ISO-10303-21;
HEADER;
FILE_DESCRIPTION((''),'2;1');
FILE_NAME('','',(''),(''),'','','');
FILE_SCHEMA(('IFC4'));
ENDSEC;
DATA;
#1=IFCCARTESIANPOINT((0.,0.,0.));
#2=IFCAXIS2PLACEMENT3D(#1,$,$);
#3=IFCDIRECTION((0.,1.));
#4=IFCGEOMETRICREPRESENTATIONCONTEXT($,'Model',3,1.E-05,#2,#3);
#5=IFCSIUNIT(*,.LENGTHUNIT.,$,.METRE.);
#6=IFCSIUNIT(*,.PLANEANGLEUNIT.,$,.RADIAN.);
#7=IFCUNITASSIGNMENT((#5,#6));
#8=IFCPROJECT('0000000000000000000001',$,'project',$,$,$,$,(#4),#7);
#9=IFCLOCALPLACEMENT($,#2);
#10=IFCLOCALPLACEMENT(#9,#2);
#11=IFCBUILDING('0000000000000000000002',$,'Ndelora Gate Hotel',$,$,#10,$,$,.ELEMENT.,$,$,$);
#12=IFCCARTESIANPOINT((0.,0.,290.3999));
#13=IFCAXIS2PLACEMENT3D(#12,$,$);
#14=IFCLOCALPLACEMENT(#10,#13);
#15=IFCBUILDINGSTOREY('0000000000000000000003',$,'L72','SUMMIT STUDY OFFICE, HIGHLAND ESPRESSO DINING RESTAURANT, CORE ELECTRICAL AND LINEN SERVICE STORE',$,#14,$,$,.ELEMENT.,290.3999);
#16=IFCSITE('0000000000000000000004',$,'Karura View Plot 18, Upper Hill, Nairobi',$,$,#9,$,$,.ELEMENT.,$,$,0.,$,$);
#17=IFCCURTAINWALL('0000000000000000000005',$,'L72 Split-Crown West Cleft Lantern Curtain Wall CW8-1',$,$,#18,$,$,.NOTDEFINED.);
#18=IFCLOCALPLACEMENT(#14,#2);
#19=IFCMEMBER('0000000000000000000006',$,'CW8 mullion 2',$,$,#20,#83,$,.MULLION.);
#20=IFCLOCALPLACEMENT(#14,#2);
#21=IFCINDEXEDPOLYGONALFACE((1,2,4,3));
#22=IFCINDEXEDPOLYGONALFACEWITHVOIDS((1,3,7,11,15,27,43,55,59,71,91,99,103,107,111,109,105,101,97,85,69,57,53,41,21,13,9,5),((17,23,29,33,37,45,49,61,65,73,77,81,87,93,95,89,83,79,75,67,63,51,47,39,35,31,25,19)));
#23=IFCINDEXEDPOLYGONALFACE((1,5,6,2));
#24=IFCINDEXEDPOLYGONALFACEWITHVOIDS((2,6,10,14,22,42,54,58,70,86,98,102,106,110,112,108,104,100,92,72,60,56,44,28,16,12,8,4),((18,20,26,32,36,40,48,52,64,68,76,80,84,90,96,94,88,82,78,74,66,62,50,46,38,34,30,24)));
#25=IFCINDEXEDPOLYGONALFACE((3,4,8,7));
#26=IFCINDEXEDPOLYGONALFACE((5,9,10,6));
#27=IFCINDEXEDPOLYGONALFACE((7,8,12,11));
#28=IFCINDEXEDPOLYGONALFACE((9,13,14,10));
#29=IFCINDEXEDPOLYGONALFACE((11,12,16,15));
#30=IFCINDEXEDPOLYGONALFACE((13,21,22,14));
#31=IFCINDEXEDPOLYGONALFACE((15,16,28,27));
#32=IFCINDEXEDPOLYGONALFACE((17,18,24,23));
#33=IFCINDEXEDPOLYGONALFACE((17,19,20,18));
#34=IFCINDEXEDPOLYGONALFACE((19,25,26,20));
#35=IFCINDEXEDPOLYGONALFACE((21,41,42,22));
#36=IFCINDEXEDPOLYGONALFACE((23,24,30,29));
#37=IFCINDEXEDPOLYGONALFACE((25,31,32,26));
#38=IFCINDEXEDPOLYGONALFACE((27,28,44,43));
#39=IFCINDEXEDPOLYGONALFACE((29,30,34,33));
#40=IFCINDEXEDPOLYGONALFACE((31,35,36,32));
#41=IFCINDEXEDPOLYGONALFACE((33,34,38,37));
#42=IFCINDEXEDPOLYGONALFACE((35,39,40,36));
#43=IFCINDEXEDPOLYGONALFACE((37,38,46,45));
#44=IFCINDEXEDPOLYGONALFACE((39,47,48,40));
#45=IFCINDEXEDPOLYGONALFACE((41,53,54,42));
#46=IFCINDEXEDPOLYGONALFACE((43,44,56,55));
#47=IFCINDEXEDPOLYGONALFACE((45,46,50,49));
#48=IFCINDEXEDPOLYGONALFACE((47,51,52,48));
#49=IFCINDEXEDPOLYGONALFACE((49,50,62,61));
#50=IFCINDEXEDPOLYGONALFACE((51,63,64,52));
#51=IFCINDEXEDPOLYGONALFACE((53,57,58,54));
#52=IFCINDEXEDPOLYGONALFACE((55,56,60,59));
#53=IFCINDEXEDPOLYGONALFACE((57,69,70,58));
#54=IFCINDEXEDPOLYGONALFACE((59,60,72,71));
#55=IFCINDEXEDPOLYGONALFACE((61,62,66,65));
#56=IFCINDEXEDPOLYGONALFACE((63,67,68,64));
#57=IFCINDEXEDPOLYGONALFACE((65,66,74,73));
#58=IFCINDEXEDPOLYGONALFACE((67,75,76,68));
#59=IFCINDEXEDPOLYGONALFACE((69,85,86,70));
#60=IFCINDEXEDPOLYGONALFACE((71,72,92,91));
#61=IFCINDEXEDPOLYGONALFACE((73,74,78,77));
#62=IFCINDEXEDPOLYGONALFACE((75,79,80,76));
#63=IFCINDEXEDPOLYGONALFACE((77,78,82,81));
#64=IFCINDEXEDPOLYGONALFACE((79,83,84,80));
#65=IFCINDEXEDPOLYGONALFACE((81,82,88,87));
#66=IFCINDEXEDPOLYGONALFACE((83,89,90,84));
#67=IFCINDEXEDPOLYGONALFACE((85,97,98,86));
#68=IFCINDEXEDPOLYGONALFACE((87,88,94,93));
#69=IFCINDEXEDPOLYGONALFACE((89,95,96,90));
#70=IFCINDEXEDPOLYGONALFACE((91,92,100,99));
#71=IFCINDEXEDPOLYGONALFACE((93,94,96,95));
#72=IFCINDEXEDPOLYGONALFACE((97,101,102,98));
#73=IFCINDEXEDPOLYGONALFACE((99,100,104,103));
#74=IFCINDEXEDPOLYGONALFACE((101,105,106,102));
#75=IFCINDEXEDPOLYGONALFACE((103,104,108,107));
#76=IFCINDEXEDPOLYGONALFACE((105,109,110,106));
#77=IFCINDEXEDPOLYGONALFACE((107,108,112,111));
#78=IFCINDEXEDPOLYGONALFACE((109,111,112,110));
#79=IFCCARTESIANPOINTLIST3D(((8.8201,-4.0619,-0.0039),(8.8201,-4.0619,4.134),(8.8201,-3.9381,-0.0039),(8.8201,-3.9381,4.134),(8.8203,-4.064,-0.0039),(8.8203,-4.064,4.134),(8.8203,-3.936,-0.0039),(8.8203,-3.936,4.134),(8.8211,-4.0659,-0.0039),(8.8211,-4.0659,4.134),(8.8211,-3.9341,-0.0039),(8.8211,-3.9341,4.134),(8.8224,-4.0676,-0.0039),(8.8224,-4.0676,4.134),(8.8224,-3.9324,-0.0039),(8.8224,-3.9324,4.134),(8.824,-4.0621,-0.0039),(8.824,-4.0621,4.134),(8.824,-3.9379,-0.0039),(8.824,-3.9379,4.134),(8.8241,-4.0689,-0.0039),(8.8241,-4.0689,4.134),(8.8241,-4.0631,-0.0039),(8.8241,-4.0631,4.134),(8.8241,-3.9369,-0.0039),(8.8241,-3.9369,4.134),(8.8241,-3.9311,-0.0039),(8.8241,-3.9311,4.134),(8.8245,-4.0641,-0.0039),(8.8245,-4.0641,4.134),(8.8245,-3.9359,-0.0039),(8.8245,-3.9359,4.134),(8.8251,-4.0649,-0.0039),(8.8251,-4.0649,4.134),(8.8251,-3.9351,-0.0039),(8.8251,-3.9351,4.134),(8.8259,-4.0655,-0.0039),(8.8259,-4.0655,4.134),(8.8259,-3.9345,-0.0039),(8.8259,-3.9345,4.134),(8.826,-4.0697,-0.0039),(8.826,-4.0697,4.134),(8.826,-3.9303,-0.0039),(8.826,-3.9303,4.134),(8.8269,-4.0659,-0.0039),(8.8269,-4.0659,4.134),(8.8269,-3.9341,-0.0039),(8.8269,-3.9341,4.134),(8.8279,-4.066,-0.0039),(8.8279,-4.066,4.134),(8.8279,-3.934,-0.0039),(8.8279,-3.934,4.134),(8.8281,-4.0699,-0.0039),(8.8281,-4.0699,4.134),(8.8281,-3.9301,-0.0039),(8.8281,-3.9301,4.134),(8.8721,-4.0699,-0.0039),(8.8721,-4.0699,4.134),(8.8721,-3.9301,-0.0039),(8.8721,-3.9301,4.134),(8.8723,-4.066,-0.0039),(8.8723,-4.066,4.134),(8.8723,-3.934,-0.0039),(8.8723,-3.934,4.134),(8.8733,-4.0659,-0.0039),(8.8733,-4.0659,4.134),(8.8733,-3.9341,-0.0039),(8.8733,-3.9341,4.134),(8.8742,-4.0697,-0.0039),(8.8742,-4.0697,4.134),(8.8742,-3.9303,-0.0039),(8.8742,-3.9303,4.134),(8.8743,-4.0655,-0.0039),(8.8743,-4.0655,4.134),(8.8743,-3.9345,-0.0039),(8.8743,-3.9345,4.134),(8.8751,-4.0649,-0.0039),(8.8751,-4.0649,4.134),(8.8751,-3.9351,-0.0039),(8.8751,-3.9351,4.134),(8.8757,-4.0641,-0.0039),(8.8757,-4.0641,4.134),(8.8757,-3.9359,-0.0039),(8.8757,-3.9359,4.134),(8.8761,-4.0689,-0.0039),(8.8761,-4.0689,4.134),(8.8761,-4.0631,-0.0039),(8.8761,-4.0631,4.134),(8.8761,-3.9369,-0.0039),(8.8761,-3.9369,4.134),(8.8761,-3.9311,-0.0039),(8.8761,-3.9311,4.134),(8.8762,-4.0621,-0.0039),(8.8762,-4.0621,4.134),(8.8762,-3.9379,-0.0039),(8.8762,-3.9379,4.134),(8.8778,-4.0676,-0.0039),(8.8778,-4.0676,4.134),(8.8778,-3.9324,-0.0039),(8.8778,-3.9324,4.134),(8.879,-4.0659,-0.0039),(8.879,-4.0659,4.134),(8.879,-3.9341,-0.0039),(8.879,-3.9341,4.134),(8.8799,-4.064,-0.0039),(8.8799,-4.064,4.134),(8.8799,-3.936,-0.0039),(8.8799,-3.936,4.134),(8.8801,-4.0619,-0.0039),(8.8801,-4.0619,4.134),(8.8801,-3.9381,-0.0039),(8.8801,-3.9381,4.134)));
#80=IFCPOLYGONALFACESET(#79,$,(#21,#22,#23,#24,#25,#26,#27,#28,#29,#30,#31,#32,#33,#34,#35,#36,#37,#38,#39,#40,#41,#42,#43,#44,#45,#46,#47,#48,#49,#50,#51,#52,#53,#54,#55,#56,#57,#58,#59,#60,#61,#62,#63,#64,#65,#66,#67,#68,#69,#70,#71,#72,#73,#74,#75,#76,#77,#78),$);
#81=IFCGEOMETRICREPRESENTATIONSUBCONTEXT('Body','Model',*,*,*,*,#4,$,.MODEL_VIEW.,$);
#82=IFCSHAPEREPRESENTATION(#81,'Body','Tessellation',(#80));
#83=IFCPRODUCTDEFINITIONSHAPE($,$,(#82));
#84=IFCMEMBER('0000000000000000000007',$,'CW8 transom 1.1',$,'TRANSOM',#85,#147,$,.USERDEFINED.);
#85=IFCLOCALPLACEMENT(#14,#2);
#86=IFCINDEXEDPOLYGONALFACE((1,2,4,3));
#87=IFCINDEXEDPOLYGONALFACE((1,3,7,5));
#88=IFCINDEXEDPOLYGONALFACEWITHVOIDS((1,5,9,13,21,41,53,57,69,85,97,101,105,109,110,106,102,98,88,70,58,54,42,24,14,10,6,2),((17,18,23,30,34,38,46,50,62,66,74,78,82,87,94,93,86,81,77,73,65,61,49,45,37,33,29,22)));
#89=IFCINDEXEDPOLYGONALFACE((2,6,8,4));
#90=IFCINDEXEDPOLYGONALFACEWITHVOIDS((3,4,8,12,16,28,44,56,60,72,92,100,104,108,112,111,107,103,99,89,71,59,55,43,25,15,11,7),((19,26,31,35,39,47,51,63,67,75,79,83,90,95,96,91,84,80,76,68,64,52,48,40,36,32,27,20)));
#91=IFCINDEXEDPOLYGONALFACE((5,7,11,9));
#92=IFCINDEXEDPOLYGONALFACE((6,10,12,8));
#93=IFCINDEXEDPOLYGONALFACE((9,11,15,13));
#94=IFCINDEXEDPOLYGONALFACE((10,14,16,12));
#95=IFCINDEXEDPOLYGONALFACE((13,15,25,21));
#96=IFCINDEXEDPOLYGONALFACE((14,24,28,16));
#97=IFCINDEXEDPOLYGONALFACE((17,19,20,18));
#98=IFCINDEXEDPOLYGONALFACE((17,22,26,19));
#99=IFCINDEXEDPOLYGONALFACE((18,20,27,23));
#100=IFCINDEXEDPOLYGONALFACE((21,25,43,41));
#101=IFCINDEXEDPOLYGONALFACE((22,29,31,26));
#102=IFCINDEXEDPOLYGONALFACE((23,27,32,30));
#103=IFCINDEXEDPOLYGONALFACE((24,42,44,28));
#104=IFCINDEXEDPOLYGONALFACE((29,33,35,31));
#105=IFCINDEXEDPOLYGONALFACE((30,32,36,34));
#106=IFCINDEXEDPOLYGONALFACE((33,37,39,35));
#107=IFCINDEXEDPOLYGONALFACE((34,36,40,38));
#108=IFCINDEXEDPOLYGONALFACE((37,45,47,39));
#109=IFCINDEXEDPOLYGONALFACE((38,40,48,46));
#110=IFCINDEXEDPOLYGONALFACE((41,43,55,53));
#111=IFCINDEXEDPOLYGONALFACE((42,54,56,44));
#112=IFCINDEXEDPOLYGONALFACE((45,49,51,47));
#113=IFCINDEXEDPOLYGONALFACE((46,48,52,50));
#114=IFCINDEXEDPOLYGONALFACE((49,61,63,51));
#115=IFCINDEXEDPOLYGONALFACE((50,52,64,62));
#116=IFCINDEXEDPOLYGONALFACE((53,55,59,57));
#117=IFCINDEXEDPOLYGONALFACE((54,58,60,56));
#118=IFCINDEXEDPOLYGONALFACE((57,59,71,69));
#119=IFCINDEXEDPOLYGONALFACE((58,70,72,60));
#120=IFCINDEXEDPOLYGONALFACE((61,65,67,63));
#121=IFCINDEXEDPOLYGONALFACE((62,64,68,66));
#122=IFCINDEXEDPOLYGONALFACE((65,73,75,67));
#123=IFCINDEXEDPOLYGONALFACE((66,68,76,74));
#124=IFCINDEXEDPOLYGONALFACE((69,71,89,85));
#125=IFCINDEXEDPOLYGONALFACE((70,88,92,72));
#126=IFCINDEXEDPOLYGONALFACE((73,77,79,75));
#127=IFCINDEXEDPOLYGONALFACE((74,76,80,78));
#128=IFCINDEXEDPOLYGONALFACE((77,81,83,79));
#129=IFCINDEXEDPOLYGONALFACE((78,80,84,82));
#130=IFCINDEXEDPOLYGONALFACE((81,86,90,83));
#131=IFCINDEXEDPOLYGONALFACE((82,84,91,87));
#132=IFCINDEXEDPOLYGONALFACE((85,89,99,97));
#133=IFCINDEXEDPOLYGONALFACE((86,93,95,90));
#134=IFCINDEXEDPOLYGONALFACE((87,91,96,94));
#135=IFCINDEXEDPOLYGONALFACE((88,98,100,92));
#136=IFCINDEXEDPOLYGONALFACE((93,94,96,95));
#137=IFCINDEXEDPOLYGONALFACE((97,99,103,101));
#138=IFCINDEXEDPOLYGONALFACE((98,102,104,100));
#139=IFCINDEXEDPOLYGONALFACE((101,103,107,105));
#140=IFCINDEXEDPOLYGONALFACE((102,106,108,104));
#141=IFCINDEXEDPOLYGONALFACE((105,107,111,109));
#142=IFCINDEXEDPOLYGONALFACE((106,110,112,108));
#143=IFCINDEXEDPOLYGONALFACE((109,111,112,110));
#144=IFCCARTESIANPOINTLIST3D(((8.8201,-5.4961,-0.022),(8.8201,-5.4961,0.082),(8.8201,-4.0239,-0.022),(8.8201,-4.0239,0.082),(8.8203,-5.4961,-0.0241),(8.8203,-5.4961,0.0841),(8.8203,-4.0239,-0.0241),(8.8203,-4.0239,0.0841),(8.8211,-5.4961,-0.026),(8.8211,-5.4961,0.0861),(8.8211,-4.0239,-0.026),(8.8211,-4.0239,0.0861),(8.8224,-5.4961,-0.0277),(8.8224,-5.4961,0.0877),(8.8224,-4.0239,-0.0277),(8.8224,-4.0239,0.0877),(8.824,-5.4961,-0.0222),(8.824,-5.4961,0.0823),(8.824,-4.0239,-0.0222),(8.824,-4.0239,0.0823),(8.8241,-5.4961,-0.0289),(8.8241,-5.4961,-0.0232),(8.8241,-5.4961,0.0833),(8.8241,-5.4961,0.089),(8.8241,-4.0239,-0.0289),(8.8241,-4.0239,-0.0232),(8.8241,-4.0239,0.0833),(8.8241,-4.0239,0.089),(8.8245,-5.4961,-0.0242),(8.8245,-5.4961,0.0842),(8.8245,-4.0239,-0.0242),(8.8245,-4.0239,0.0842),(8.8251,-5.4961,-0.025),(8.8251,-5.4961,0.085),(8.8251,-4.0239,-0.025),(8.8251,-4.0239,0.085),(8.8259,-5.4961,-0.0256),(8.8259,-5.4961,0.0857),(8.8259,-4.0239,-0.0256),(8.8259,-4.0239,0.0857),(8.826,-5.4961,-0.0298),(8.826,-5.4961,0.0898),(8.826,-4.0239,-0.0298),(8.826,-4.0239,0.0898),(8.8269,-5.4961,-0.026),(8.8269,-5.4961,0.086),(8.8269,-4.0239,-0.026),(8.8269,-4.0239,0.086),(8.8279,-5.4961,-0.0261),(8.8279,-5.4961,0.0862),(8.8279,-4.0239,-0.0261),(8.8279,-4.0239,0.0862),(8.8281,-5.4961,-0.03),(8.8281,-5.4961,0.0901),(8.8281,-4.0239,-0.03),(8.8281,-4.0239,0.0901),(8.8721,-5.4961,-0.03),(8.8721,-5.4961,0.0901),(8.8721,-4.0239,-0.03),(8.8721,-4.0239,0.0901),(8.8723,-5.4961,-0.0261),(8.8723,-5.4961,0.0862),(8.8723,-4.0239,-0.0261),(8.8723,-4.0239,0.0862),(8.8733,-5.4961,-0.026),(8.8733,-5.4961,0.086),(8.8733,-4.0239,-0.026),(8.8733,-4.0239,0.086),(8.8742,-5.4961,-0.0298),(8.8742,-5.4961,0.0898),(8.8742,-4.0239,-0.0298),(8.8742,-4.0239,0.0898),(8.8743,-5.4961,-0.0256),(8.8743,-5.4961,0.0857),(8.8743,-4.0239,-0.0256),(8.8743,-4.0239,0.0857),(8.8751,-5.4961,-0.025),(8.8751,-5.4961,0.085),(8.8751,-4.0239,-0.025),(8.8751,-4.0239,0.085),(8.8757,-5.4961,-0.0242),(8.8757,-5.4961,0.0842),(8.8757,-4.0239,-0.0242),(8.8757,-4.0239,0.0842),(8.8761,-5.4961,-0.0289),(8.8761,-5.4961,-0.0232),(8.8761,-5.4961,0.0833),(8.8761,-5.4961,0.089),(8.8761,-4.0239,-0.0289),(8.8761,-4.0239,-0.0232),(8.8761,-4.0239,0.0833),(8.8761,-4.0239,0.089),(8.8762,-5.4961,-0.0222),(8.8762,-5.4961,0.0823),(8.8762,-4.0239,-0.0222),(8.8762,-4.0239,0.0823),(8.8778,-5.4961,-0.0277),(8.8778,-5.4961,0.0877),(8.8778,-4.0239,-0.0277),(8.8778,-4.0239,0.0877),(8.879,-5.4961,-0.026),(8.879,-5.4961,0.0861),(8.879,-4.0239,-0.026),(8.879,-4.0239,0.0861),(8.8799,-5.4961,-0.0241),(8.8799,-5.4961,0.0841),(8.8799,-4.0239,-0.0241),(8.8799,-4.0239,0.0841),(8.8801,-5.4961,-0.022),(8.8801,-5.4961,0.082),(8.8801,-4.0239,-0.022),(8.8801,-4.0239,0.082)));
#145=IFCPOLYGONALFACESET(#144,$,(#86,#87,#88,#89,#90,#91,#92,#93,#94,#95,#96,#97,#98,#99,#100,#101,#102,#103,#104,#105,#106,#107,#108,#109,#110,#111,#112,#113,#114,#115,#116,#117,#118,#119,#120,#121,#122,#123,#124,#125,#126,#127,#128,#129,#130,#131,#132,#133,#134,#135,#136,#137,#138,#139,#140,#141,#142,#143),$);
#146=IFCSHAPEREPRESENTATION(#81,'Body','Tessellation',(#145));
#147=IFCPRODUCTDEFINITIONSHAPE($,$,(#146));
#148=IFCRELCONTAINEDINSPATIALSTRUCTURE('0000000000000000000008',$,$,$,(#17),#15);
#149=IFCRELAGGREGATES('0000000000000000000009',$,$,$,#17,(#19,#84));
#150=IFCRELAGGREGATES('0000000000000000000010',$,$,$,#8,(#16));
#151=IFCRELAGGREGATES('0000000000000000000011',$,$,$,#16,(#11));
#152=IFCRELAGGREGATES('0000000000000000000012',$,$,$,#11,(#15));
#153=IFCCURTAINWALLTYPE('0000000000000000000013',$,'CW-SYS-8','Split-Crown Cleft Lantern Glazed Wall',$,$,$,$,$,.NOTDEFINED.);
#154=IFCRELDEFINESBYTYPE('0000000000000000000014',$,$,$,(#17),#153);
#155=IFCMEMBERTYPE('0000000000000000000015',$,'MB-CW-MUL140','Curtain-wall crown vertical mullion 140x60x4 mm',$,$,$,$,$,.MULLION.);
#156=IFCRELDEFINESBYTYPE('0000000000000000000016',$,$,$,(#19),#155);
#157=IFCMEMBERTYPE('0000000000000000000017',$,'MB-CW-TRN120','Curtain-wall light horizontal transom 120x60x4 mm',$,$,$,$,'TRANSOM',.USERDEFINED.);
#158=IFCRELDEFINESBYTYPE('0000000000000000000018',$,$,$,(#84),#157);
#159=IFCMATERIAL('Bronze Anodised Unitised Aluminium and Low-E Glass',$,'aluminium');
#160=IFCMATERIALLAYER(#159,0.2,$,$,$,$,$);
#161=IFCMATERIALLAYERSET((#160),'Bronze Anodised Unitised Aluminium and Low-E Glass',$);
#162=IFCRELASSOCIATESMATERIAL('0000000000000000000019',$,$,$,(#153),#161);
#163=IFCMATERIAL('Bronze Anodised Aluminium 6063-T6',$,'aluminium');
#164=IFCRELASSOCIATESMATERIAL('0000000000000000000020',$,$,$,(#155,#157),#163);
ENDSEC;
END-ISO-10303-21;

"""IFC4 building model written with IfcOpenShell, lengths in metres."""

from ifc_helpers import new_model, si_unit, direction, frame, origin, origin_2d, place, context, subcontext, project, spatial, hollow_rectangle, extrude, material, layer, layer_set, material_profile, profile_set, type_object, element, aggregate, save


model = new_model("IFC4")

# Units and contexts
model_context = context("Model", 3, precision=1e-05, world=origin(), true_north=direction((0.0, 1.0)))
body_context = subcontext(model_context, "Body", "Model", "MODEL_VIEW")
ifc_project = project(units=[si_unit("LENGTHUNIT", "METRE"), si_unit("PLANEANGLEUNIT", "RADIAN")], contexts=[model_context])

# Site, building, storey
site_placement = place(None, origin())
site = spatial("IfcSite", under=ifc_project, at=site_placement, Name="Karura View Plot 18, Upper Hill, Nairobi", CompositionType="ELEMENT", RefElevation=0.0)
building_placement = place(site_placement, origin())
building = spatial("IfcBuilding", under=site, at=building_placement, Name="Ndelora Gate Hotel", CompositionType="ELEMENT")
storey_placement = place(building_placement, frame((0.0, 0.0, 290.3999)))
storey = spatial("IfcBuildingStorey", under=building, at=storey_placement, Name="L72", Description="SUMMIT STUDY OFFICE, HIGHLAND ESPRESSO DINING RESTAURANT, CORE ELECTRICAL AND LINEN SERVICE STORE", CompositionType="ELEMENT", Elevation=290.3999)

# Curtain wall, members
ifc_material_1 = material(Name="Bronze Anodised Unitised Aluminium and Low-E Glass", Category="aluminium")
ifc_layer_1 = layer(ifc_material_1, 0.2)
ifc_layer_set_1 = layer_set([ifc_layer_1], Name="Bronze Anodised Unitised Aluminium and Low-E Glass")
curtain_wall_type = type_object("IfcCurtainWallType", Name="CW-SYS-8", Description="Split-Crown Cleft Lantern Glazed Wall", PredefinedType="NOTDEFINED", material=ifc_layer_set_1)
curtain_wall_placement = place(storey_placement, origin())
curtain_wall = element("IfcCurtainWall", 1, at=curtain_wall_placement, inside=storey, type_object=curtain_wall_type, Name="L72 Split-Crown West Cleft Lantern Curtain Wall CW8-1", PredefinedType="NOTDEFINED")
ifc_material_2 = material(Name="Bronze Anodised Aluminium 6063-T6", Category="aluminium")
ifc_material_profile_1 = material_profile(ifc_material_2, hollow_rectangle(XDim=0.0601, YDim=0.1399, WallThickness=0.0039, InnerFilletRadius=0.0039, OuterFilletRadius=0.0081, at=origin_2d()), Name="ALU 140x60x4")
ifc_profile_set_1 = profile_set([ifc_material_profile_1], Name="Bronze Anodised Aluminium 6063-T6")
member_type_1 = type_object("IfcMemberType", Name="MB-CW-MUL140", Description="Curtain-wall crown vertical mullion 140x60x4 mm", PredefinedType="MULLION", material=ifc_profile_set_1)
member_1_placement = place(storey_placement, frame((8.8501, -4.0, -0.0039), z_axis=(0.0, 0.0, 1.0), x_axis=(-1.0, 0.0, 0.0)))
member_1 = element("IfcMember", 2, at=member_1_placement, type_object=member_type_1, Name="CW8 mullion 2", PredefinedType="MULLION", context=body_context, shape_type="SweptSolid", body=[
    extrude(hollow_rectangle(XDim=0.0601, YDim=0.1399, WallThickness=0.0039, InnerFilletRadius=0.0039, OuterFilletRadius=0.0081, at=origin_2d()), origin(), (0.0, 0.0, 1.0), 4.1379),
])
ifc_material_profile_2 = material_profile(ifc_material_2, hollow_rectangle(XDim=0.0601, YDim=0.1201, WallThickness=0.0039, InnerFilletRadius=0.0039, OuterFilletRadius=0.0081, at=origin_2d()), Name="ALU 120x60x4")
ifc_profile_set_2 = profile_set([ifc_material_profile_2], Name="Bronze Anodised Aluminium 6063-T6")
member_type_2 = type_object("IfcMemberType", Name="MB-CW-TRN120", Description="Curtain-wall light horizontal transom 120x60x4 mm", ElementType="TRANSOM", PredefinedType="USERDEFINED", material=ifc_profile_set_2)
member_2_placement = place(storey_placement, frame((8.8501, -5.4961, 0.03), z_axis=(0.0, 1.0, 0.0), x_axis=(-1.0, 0.0, 0.0)))
member_2 = element("IfcMember", 3, at=member_2_placement, type_object=member_type_2, Name="CW8 transom 1.1", ObjectType="TRANSOM", PredefinedType="USERDEFINED", context=body_context, shape_type="SweptSolid", body=[
    extrude(hollow_rectangle(XDim=0.0601, YDim=0.1201, WallThickness=0.0039, InnerFilletRadius=0.0039, OuterFilletRadius=0.0081, at=origin_2d()), origin(), (0.0, 0.0, 1.0), 1.4722),
])
aggregate(curtain_wall, [member_1, member_2])

save(model, "model.ifc")
